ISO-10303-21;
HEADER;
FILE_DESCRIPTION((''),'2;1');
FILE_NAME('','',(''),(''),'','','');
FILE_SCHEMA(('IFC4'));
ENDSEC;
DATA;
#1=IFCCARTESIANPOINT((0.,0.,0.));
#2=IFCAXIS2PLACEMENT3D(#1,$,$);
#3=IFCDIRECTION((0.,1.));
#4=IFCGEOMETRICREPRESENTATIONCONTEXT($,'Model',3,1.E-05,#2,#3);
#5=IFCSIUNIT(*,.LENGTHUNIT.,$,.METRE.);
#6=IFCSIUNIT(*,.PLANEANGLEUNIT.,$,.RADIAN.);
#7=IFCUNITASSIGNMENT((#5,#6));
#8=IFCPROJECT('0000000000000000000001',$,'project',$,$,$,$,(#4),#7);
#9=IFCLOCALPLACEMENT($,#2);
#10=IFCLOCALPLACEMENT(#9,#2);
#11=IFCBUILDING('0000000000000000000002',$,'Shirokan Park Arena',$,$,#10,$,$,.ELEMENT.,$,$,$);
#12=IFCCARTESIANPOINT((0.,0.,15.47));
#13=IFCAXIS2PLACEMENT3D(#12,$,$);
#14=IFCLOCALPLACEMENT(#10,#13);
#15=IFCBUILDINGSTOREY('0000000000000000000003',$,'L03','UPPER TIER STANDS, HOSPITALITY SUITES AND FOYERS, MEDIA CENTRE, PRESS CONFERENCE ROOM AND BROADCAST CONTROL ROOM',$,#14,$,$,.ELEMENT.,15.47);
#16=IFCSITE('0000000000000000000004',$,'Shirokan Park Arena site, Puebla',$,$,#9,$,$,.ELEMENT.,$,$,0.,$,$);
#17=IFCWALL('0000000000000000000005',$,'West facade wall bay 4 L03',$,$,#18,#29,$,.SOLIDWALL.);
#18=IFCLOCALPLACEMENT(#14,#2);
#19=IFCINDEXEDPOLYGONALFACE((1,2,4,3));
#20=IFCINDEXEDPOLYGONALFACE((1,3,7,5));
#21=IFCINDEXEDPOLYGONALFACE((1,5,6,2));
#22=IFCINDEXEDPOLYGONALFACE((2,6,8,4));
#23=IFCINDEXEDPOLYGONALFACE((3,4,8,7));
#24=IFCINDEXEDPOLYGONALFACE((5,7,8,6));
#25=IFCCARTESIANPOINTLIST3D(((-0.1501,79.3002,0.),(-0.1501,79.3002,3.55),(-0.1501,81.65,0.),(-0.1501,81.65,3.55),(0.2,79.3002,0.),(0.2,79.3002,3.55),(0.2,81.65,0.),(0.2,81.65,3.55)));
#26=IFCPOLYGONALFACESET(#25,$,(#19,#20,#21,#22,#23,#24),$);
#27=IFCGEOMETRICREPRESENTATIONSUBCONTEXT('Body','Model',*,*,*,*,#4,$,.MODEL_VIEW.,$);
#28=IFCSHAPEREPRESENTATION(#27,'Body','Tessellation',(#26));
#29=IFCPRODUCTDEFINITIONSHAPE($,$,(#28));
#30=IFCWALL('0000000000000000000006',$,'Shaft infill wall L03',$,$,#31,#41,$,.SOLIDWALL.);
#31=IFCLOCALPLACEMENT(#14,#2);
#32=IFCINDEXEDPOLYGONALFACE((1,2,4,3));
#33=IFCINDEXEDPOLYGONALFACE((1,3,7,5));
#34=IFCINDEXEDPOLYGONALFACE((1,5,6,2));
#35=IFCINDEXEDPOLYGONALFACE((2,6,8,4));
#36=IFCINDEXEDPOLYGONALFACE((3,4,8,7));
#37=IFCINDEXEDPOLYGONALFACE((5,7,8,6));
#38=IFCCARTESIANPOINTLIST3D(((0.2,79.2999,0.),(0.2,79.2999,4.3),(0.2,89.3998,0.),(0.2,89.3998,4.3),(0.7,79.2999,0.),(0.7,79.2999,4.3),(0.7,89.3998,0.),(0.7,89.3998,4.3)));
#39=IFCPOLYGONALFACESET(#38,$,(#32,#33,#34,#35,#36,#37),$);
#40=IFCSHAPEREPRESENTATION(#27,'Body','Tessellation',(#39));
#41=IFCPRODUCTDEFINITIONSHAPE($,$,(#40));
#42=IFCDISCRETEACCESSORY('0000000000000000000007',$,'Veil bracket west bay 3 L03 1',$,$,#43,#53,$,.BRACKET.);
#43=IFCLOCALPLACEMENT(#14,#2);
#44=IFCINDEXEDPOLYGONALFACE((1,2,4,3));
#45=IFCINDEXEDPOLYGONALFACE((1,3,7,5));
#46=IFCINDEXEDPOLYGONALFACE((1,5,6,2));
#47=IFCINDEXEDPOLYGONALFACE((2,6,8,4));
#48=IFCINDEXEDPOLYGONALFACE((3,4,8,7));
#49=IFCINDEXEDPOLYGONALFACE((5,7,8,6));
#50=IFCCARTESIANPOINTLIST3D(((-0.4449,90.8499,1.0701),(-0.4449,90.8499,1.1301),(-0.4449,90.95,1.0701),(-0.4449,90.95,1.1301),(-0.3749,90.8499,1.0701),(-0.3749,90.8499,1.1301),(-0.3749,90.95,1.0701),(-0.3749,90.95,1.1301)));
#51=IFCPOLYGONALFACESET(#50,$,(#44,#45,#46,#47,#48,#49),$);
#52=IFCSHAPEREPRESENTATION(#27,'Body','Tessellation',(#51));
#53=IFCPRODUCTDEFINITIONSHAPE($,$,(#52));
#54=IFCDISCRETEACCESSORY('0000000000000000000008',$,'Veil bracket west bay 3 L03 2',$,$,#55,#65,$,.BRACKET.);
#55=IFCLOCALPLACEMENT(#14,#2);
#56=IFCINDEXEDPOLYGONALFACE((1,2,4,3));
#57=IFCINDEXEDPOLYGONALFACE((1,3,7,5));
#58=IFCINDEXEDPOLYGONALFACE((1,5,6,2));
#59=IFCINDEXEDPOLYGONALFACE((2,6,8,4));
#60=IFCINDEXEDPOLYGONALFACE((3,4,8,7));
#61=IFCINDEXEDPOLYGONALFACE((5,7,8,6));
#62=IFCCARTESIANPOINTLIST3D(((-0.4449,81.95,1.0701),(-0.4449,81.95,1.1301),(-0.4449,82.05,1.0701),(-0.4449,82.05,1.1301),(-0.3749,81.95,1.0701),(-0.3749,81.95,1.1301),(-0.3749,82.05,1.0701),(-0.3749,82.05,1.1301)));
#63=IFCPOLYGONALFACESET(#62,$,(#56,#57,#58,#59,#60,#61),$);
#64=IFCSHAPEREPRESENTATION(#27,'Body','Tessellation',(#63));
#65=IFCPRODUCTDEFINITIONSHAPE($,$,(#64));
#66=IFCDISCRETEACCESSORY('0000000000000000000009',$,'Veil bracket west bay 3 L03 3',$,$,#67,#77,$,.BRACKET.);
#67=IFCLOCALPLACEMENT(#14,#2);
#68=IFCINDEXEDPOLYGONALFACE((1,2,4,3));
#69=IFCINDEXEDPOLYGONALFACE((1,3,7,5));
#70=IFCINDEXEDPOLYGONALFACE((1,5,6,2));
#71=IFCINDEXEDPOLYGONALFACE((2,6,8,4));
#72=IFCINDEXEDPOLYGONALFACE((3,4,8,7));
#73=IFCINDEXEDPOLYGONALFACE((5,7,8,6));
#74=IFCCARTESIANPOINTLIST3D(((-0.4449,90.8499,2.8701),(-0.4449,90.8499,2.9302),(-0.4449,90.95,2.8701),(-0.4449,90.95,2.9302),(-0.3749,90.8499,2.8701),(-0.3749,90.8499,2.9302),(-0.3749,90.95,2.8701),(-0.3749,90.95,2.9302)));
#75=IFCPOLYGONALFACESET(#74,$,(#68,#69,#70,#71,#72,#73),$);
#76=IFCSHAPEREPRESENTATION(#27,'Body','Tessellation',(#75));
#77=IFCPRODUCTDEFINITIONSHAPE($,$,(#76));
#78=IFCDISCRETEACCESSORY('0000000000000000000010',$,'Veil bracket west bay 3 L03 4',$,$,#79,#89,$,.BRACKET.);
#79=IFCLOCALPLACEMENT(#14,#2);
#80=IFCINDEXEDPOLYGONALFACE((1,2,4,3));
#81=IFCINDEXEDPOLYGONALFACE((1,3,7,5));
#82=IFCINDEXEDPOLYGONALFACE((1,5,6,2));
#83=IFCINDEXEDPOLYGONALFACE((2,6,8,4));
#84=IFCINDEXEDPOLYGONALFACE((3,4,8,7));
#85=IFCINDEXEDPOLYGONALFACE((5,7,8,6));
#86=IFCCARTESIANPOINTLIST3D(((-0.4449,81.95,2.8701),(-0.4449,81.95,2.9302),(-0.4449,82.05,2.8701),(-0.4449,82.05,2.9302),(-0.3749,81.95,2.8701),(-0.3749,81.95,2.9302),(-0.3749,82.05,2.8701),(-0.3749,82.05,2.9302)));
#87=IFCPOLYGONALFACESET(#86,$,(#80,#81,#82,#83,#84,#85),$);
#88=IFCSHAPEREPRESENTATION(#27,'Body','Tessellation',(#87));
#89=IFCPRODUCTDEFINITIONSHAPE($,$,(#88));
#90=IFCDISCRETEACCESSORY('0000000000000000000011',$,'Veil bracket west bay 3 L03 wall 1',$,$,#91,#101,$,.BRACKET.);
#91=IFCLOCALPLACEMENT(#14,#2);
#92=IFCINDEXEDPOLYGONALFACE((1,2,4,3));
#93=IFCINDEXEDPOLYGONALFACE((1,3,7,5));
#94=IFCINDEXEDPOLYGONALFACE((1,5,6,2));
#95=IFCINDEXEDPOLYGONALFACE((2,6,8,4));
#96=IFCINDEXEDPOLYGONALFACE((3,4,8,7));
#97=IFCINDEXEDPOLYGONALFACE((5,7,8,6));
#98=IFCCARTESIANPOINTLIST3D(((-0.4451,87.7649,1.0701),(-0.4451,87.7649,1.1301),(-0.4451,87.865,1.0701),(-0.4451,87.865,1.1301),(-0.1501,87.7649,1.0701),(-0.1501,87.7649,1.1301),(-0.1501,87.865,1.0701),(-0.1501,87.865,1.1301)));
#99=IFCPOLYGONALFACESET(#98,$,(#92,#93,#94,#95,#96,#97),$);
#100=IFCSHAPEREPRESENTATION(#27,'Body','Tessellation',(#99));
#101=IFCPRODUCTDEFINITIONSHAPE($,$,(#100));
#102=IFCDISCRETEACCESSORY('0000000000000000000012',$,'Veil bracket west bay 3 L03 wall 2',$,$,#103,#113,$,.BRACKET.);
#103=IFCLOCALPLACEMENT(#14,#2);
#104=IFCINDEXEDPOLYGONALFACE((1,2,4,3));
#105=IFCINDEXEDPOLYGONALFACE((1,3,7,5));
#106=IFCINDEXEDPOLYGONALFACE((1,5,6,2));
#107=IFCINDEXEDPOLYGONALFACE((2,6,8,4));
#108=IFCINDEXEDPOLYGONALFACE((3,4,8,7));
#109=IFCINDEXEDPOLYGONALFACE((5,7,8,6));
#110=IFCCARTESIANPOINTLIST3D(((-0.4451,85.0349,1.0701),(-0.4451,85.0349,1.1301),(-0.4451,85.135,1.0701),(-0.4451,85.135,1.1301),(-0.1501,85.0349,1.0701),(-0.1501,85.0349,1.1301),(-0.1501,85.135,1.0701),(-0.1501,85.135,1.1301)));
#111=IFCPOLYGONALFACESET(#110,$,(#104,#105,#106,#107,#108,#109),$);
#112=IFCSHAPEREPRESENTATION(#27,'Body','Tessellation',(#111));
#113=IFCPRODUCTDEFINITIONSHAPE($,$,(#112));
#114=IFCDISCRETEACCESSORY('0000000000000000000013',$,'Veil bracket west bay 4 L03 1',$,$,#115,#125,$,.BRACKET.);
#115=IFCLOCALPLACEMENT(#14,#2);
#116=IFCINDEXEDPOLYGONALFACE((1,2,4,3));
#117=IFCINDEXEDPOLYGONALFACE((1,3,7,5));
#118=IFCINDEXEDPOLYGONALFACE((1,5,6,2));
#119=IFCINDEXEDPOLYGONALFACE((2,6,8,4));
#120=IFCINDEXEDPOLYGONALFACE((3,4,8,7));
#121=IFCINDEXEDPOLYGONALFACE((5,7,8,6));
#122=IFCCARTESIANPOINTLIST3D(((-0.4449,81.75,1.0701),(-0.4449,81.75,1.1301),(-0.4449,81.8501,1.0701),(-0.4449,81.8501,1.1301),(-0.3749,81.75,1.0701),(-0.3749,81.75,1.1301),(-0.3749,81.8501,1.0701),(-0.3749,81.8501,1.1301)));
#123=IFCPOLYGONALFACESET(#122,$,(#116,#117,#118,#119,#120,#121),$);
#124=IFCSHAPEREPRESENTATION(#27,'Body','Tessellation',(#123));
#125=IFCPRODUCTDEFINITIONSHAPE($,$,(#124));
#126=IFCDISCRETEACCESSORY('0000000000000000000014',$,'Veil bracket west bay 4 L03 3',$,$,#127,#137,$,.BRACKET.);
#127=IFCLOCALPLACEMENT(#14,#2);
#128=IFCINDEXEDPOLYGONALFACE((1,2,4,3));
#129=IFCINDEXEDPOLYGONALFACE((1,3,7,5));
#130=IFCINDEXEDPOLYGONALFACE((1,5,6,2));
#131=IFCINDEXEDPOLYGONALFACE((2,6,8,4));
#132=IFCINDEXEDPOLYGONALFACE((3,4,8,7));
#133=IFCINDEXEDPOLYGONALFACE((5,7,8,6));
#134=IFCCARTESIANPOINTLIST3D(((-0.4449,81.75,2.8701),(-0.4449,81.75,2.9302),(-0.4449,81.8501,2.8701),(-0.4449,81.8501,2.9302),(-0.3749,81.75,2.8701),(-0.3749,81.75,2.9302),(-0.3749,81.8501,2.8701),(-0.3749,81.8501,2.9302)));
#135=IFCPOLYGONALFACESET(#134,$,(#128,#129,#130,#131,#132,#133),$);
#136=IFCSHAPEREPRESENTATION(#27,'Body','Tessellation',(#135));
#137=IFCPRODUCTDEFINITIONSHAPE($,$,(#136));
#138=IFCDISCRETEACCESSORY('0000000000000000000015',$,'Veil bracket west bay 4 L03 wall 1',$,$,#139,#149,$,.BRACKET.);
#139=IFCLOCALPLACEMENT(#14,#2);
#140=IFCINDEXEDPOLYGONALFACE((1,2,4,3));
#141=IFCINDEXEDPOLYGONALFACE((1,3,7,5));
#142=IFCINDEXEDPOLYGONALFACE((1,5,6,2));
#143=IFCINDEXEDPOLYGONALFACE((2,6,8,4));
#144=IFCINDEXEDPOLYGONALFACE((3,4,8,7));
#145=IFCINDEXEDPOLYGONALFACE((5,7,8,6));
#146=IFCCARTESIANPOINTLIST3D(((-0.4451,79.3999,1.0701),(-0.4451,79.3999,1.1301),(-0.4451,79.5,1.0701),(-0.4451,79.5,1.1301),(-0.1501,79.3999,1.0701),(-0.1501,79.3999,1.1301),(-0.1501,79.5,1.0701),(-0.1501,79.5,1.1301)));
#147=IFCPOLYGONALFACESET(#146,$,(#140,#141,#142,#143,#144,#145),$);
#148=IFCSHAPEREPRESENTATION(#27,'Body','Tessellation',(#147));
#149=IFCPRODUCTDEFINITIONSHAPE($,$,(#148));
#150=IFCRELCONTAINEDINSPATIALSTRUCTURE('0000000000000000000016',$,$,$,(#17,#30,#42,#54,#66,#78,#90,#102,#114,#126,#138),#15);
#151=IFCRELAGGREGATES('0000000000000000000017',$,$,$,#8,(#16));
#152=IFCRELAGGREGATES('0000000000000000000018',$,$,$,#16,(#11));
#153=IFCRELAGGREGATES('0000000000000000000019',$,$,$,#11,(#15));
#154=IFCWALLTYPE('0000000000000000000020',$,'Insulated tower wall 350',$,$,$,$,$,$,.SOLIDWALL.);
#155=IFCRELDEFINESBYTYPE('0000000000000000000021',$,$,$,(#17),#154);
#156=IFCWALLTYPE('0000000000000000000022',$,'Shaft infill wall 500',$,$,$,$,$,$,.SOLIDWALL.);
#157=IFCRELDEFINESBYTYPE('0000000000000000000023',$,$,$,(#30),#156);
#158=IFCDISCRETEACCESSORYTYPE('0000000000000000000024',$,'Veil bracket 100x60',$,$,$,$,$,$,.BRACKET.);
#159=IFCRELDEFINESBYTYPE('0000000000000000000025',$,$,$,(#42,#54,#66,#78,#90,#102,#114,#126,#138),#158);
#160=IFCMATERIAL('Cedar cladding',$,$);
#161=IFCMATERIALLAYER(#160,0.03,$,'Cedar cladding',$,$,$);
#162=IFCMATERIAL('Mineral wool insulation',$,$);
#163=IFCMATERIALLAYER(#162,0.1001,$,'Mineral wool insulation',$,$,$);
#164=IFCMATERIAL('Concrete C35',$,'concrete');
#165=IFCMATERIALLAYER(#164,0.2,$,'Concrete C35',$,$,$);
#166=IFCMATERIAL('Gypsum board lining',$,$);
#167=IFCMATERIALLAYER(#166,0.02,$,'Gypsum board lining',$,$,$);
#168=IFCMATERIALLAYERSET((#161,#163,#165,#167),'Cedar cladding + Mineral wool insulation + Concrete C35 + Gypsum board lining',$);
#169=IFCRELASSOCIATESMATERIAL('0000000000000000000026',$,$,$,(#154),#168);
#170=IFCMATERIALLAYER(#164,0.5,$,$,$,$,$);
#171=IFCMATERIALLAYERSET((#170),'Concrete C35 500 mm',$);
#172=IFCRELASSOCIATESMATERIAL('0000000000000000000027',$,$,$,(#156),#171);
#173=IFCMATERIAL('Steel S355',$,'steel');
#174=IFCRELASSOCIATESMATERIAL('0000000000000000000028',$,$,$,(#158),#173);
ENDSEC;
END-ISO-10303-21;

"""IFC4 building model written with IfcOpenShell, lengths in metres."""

from ifc_helpers import new_model, si_unit, direction, frame, frame_2d, origin, origin_2d, place, context, subcontext, project, spatial, rectangle, extrude, material, layer, layer_set, type_object, element, save


model = new_model("IFC4")

# Units and contexts
model_context = context("Model", 3, precision=1e-05, world=origin(), true_north=direction((0.0, 1.0)))
body_context = subcontext(model_context, "Body", "Model", "MODEL_VIEW")
ifc_project = project(units=[si_unit("LENGTHUNIT", "METRE"), si_unit("PLANEANGLEUNIT", "RADIAN")], contexts=[model_context])

# Site, building, storey
site_placement = place(None, origin())
site = spatial("IfcSite", under=ifc_project, at=site_placement, Name="Shirokan Park Arena site, Puebla", CompositionType="ELEMENT", RefElevation=0.0)
building_placement = place(site_placement, origin())
building = spatial("IfcBuilding", under=site, at=building_placement, Name="Shirokan Park Arena", CompositionType="ELEMENT")
storey_placement = place(building_placement, frame((0.0, 0.0, 15.47)))
storey = spatial("IfcBuildingStorey", under=building, at=storey_placement, Name="L03", Description="UPPER TIER STANDS, HOSPITALITY SUITES AND FOYERS, MEDIA CENTRE, PRESS CONFERENCE ROOM AND BROADCAST CONTROL ROOM", CompositionType="ELEMENT", Elevation=15.47)

# Shared definitions
ifc_material_1 = material(Name="Concrete C35", Category="concrete")

# Shared definitions
ifc_material_2 = material(Name="Steel S355", Category="steel")
ifc_material_3 = material(Name="Mineral wool insulation")

# Walls
ifc_material_4 = material(Name="Cedar cladding")
ifc_layer_1 = layer(ifc_material_4, 0.03, Name="Cedar cladding")
ifc_layer_2 = layer(ifc_material_3, 0.1001, Name="Mineral wool insulation")
ifc_layer_3 = layer(ifc_material_1, 0.2, Name="Concrete C35")
ifc_material_5 = material(Name="Gypsum board lining")
ifc_layer_4 = layer(ifc_material_5, 0.02, Name="Gypsum board lining")
ifc_layer_set_1 = layer_set([ifc_layer_1, ifc_layer_2, ifc_layer_3, ifc_layer_4], Name="Cedar cladding + Mineral wool insulation + Concrete C35 + Gypsum board lining")
wall_type_1 = type_object("IfcWallType", Name="Insulated tower wall 350", PredefinedType="SOLIDWALL", material=ifc_layer_set_1)
wall_1_placement = place(storey_placement, frame((0.0249, 81.6499, 0.0), z_axis=(0.0, 0.0, 1.0), x_axis=(0.0, -1.0, 0.0)))
element("IfcWall", 1, at=wall_1_placement, inside=storey, type_object=wall_type_1, Name="West facade wall bay 4 L03", PredefinedType="SOLIDWALL", context=body_context, shape_type="SweptSolid", body=[
    extrude(rectangle(XDim=2.3499, YDim=0.3501, at=frame_2d((1.1748, 0.0))), origin(), (0.0, 0.0, 1.0), 3.55),
])
ifc_layer_5 = layer(ifc_material_1, 0.5)
ifc_layer_set_2 = layer_set([ifc_layer_5], Name="Concrete C35 500 mm")
wall_type_2 = type_object("IfcWallType", Name="Shaft infill wall 500", PredefinedType="SOLIDWALL", material=ifc_layer_set_2)
wall_2_placement = place(storey_placement, frame((0.45, 79.3, 0.0), z_axis=(0.0, 0.0, 1.0), x_axis=(0.0, 1.0, 0.0)))
element("IfcWall", 2, at=wall_2_placement, inside=storey, type_object=wall_type_2, Name="Shaft infill wall L03", PredefinedType="SOLIDWALL", context=body_context, shape_type="SweptSolid", body=[
    extrude(rectangle(XDim=10.0999, YDim=0.5, at=frame_2d((5.0498, 0.0))), origin(), (0.0, 0.0, 1.0), 4.3),
])

# Discrete accessories
discrete_accessory_type = type_object("IfcDiscreteAccessoryType", Name="Veil bracket 100x60", PredefinedType="BRACKET", material=ifc_material_2)
for number, where, z_axis, x_axis, name in (
    (3, (-0.4099, 90.8999, 1.0701), (0.0, 0.0, 1.0), (0.0, -1.0, 0.0), "Veil bracket west bay 3 L03 1"),
    (4, (-0.4099, 82.0, 1.0701), (0.0, 0.0, 1.0), (0.0, -1.0, 0.0), "Veil bracket west bay 3 L03 2"),
    (5, (-0.4099, 90.8999, 2.8701), (0.0, 0.0, 1.0), (0.0, -1.0, 0.0), "Veil bracket west bay 3 L03 3"),
    (6, (-0.4099, 82.0, 2.8701), (0.0, 0.0, 1.0), (0.0, -1.0, 0.0), "Veil bracket west bay 3 L03 4"),
):
    element("IfcDiscreteAccessory", number, at=place(storey_placement, frame(where, z_axis=z_axis, x_axis=x_axis)), inside=storey, type_object=discrete_accessory_type, Name=name, PredefinedType="BRACKET", context=body_context, shape_type="SweptSolid", body=[
        extrude(rectangle(XDim=0.1001, YDim=0.0701, at=origin_2d()), origin(), (0.0, 0.0, 1.0), 0.0601),
    ])
for number, where, z_axis, x_axis, name in (
    (7, (-0.2976, 87.8149, 1.0701), (0.0, 0.0, 1.0), (0.0, -1.0, 0.0), "Veil bracket west bay 3 L03 wall 1"),
    (8, (-0.2976, 85.085, 1.0701), (0.0, 0.0, 1.0), (0.0, -1.0, 0.0), "Veil bracket west bay 3 L03 wall 2"),
):
    element("IfcDiscreteAccessory", number, at=place(storey_placement, frame(where, z_axis=z_axis, x_axis=x_axis)), inside=storey, type_object=discrete_accessory_type, Name=name, PredefinedType="BRACKET", context=body_context, shape_type="SweptSolid", body=[
        extrude(rectangle(XDim=0.1001, YDim=0.2949, at=origin_2d()), origin(), (0.0, 0.0, 1.0), 0.0601),
    ])
for number, where, z_axis, x_axis, name in (
    (9, (-0.4099, 81.8, 1.0701), (0.0, 0.0, 1.0), (0.0, -1.0, 0.0), "Veil bracket west bay 4 L03 1"),
    (10, (-0.4099, 81.8, 2.8701), (0.0, 0.0, 1.0), (0.0, -1.0, 0.0), "Veil bracket west bay 4 L03 3"),
):
    element("IfcDiscreteAccessory", number, at=place(storey_placement, frame(where, z_axis=z_axis, x_axis=x_axis)), inside=storey, type_object=discrete_accessory_type, Name=name, PredefinedType="BRACKET", context=body_context, shape_type="SweptSolid", body=[
        extrude(rectangle(XDim=0.1001, YDim=0.0701, at=origin_2d()), origin(), (0.0, 0.0, 1.0), 0.0601),
    ])
discrete_accessory_placement = place(storey_placement, frame((-0.2976, 79.45, 1.0701), z_axis=(0.0, 0.0, 1.0), x_axis=(0.0, -1.0, 0.0)))
element("IfcDiscreteAccessory", 11, at=discrete_accessory_placement, inside=storey, type_object=discrete_accessory_type, Name="Veil bracket west bay 4 L03 wall 1", PredefinedType="BRACKET", context=body_context, shape_type="SweptSolid", body=[
    extrude(rectangle(XDim=0.1001, YDim=0.2949, at=origin_2d()), origin(), (0.0, 0.0, 1.0), 0.0601),
])

save(model, "model.ifc")
